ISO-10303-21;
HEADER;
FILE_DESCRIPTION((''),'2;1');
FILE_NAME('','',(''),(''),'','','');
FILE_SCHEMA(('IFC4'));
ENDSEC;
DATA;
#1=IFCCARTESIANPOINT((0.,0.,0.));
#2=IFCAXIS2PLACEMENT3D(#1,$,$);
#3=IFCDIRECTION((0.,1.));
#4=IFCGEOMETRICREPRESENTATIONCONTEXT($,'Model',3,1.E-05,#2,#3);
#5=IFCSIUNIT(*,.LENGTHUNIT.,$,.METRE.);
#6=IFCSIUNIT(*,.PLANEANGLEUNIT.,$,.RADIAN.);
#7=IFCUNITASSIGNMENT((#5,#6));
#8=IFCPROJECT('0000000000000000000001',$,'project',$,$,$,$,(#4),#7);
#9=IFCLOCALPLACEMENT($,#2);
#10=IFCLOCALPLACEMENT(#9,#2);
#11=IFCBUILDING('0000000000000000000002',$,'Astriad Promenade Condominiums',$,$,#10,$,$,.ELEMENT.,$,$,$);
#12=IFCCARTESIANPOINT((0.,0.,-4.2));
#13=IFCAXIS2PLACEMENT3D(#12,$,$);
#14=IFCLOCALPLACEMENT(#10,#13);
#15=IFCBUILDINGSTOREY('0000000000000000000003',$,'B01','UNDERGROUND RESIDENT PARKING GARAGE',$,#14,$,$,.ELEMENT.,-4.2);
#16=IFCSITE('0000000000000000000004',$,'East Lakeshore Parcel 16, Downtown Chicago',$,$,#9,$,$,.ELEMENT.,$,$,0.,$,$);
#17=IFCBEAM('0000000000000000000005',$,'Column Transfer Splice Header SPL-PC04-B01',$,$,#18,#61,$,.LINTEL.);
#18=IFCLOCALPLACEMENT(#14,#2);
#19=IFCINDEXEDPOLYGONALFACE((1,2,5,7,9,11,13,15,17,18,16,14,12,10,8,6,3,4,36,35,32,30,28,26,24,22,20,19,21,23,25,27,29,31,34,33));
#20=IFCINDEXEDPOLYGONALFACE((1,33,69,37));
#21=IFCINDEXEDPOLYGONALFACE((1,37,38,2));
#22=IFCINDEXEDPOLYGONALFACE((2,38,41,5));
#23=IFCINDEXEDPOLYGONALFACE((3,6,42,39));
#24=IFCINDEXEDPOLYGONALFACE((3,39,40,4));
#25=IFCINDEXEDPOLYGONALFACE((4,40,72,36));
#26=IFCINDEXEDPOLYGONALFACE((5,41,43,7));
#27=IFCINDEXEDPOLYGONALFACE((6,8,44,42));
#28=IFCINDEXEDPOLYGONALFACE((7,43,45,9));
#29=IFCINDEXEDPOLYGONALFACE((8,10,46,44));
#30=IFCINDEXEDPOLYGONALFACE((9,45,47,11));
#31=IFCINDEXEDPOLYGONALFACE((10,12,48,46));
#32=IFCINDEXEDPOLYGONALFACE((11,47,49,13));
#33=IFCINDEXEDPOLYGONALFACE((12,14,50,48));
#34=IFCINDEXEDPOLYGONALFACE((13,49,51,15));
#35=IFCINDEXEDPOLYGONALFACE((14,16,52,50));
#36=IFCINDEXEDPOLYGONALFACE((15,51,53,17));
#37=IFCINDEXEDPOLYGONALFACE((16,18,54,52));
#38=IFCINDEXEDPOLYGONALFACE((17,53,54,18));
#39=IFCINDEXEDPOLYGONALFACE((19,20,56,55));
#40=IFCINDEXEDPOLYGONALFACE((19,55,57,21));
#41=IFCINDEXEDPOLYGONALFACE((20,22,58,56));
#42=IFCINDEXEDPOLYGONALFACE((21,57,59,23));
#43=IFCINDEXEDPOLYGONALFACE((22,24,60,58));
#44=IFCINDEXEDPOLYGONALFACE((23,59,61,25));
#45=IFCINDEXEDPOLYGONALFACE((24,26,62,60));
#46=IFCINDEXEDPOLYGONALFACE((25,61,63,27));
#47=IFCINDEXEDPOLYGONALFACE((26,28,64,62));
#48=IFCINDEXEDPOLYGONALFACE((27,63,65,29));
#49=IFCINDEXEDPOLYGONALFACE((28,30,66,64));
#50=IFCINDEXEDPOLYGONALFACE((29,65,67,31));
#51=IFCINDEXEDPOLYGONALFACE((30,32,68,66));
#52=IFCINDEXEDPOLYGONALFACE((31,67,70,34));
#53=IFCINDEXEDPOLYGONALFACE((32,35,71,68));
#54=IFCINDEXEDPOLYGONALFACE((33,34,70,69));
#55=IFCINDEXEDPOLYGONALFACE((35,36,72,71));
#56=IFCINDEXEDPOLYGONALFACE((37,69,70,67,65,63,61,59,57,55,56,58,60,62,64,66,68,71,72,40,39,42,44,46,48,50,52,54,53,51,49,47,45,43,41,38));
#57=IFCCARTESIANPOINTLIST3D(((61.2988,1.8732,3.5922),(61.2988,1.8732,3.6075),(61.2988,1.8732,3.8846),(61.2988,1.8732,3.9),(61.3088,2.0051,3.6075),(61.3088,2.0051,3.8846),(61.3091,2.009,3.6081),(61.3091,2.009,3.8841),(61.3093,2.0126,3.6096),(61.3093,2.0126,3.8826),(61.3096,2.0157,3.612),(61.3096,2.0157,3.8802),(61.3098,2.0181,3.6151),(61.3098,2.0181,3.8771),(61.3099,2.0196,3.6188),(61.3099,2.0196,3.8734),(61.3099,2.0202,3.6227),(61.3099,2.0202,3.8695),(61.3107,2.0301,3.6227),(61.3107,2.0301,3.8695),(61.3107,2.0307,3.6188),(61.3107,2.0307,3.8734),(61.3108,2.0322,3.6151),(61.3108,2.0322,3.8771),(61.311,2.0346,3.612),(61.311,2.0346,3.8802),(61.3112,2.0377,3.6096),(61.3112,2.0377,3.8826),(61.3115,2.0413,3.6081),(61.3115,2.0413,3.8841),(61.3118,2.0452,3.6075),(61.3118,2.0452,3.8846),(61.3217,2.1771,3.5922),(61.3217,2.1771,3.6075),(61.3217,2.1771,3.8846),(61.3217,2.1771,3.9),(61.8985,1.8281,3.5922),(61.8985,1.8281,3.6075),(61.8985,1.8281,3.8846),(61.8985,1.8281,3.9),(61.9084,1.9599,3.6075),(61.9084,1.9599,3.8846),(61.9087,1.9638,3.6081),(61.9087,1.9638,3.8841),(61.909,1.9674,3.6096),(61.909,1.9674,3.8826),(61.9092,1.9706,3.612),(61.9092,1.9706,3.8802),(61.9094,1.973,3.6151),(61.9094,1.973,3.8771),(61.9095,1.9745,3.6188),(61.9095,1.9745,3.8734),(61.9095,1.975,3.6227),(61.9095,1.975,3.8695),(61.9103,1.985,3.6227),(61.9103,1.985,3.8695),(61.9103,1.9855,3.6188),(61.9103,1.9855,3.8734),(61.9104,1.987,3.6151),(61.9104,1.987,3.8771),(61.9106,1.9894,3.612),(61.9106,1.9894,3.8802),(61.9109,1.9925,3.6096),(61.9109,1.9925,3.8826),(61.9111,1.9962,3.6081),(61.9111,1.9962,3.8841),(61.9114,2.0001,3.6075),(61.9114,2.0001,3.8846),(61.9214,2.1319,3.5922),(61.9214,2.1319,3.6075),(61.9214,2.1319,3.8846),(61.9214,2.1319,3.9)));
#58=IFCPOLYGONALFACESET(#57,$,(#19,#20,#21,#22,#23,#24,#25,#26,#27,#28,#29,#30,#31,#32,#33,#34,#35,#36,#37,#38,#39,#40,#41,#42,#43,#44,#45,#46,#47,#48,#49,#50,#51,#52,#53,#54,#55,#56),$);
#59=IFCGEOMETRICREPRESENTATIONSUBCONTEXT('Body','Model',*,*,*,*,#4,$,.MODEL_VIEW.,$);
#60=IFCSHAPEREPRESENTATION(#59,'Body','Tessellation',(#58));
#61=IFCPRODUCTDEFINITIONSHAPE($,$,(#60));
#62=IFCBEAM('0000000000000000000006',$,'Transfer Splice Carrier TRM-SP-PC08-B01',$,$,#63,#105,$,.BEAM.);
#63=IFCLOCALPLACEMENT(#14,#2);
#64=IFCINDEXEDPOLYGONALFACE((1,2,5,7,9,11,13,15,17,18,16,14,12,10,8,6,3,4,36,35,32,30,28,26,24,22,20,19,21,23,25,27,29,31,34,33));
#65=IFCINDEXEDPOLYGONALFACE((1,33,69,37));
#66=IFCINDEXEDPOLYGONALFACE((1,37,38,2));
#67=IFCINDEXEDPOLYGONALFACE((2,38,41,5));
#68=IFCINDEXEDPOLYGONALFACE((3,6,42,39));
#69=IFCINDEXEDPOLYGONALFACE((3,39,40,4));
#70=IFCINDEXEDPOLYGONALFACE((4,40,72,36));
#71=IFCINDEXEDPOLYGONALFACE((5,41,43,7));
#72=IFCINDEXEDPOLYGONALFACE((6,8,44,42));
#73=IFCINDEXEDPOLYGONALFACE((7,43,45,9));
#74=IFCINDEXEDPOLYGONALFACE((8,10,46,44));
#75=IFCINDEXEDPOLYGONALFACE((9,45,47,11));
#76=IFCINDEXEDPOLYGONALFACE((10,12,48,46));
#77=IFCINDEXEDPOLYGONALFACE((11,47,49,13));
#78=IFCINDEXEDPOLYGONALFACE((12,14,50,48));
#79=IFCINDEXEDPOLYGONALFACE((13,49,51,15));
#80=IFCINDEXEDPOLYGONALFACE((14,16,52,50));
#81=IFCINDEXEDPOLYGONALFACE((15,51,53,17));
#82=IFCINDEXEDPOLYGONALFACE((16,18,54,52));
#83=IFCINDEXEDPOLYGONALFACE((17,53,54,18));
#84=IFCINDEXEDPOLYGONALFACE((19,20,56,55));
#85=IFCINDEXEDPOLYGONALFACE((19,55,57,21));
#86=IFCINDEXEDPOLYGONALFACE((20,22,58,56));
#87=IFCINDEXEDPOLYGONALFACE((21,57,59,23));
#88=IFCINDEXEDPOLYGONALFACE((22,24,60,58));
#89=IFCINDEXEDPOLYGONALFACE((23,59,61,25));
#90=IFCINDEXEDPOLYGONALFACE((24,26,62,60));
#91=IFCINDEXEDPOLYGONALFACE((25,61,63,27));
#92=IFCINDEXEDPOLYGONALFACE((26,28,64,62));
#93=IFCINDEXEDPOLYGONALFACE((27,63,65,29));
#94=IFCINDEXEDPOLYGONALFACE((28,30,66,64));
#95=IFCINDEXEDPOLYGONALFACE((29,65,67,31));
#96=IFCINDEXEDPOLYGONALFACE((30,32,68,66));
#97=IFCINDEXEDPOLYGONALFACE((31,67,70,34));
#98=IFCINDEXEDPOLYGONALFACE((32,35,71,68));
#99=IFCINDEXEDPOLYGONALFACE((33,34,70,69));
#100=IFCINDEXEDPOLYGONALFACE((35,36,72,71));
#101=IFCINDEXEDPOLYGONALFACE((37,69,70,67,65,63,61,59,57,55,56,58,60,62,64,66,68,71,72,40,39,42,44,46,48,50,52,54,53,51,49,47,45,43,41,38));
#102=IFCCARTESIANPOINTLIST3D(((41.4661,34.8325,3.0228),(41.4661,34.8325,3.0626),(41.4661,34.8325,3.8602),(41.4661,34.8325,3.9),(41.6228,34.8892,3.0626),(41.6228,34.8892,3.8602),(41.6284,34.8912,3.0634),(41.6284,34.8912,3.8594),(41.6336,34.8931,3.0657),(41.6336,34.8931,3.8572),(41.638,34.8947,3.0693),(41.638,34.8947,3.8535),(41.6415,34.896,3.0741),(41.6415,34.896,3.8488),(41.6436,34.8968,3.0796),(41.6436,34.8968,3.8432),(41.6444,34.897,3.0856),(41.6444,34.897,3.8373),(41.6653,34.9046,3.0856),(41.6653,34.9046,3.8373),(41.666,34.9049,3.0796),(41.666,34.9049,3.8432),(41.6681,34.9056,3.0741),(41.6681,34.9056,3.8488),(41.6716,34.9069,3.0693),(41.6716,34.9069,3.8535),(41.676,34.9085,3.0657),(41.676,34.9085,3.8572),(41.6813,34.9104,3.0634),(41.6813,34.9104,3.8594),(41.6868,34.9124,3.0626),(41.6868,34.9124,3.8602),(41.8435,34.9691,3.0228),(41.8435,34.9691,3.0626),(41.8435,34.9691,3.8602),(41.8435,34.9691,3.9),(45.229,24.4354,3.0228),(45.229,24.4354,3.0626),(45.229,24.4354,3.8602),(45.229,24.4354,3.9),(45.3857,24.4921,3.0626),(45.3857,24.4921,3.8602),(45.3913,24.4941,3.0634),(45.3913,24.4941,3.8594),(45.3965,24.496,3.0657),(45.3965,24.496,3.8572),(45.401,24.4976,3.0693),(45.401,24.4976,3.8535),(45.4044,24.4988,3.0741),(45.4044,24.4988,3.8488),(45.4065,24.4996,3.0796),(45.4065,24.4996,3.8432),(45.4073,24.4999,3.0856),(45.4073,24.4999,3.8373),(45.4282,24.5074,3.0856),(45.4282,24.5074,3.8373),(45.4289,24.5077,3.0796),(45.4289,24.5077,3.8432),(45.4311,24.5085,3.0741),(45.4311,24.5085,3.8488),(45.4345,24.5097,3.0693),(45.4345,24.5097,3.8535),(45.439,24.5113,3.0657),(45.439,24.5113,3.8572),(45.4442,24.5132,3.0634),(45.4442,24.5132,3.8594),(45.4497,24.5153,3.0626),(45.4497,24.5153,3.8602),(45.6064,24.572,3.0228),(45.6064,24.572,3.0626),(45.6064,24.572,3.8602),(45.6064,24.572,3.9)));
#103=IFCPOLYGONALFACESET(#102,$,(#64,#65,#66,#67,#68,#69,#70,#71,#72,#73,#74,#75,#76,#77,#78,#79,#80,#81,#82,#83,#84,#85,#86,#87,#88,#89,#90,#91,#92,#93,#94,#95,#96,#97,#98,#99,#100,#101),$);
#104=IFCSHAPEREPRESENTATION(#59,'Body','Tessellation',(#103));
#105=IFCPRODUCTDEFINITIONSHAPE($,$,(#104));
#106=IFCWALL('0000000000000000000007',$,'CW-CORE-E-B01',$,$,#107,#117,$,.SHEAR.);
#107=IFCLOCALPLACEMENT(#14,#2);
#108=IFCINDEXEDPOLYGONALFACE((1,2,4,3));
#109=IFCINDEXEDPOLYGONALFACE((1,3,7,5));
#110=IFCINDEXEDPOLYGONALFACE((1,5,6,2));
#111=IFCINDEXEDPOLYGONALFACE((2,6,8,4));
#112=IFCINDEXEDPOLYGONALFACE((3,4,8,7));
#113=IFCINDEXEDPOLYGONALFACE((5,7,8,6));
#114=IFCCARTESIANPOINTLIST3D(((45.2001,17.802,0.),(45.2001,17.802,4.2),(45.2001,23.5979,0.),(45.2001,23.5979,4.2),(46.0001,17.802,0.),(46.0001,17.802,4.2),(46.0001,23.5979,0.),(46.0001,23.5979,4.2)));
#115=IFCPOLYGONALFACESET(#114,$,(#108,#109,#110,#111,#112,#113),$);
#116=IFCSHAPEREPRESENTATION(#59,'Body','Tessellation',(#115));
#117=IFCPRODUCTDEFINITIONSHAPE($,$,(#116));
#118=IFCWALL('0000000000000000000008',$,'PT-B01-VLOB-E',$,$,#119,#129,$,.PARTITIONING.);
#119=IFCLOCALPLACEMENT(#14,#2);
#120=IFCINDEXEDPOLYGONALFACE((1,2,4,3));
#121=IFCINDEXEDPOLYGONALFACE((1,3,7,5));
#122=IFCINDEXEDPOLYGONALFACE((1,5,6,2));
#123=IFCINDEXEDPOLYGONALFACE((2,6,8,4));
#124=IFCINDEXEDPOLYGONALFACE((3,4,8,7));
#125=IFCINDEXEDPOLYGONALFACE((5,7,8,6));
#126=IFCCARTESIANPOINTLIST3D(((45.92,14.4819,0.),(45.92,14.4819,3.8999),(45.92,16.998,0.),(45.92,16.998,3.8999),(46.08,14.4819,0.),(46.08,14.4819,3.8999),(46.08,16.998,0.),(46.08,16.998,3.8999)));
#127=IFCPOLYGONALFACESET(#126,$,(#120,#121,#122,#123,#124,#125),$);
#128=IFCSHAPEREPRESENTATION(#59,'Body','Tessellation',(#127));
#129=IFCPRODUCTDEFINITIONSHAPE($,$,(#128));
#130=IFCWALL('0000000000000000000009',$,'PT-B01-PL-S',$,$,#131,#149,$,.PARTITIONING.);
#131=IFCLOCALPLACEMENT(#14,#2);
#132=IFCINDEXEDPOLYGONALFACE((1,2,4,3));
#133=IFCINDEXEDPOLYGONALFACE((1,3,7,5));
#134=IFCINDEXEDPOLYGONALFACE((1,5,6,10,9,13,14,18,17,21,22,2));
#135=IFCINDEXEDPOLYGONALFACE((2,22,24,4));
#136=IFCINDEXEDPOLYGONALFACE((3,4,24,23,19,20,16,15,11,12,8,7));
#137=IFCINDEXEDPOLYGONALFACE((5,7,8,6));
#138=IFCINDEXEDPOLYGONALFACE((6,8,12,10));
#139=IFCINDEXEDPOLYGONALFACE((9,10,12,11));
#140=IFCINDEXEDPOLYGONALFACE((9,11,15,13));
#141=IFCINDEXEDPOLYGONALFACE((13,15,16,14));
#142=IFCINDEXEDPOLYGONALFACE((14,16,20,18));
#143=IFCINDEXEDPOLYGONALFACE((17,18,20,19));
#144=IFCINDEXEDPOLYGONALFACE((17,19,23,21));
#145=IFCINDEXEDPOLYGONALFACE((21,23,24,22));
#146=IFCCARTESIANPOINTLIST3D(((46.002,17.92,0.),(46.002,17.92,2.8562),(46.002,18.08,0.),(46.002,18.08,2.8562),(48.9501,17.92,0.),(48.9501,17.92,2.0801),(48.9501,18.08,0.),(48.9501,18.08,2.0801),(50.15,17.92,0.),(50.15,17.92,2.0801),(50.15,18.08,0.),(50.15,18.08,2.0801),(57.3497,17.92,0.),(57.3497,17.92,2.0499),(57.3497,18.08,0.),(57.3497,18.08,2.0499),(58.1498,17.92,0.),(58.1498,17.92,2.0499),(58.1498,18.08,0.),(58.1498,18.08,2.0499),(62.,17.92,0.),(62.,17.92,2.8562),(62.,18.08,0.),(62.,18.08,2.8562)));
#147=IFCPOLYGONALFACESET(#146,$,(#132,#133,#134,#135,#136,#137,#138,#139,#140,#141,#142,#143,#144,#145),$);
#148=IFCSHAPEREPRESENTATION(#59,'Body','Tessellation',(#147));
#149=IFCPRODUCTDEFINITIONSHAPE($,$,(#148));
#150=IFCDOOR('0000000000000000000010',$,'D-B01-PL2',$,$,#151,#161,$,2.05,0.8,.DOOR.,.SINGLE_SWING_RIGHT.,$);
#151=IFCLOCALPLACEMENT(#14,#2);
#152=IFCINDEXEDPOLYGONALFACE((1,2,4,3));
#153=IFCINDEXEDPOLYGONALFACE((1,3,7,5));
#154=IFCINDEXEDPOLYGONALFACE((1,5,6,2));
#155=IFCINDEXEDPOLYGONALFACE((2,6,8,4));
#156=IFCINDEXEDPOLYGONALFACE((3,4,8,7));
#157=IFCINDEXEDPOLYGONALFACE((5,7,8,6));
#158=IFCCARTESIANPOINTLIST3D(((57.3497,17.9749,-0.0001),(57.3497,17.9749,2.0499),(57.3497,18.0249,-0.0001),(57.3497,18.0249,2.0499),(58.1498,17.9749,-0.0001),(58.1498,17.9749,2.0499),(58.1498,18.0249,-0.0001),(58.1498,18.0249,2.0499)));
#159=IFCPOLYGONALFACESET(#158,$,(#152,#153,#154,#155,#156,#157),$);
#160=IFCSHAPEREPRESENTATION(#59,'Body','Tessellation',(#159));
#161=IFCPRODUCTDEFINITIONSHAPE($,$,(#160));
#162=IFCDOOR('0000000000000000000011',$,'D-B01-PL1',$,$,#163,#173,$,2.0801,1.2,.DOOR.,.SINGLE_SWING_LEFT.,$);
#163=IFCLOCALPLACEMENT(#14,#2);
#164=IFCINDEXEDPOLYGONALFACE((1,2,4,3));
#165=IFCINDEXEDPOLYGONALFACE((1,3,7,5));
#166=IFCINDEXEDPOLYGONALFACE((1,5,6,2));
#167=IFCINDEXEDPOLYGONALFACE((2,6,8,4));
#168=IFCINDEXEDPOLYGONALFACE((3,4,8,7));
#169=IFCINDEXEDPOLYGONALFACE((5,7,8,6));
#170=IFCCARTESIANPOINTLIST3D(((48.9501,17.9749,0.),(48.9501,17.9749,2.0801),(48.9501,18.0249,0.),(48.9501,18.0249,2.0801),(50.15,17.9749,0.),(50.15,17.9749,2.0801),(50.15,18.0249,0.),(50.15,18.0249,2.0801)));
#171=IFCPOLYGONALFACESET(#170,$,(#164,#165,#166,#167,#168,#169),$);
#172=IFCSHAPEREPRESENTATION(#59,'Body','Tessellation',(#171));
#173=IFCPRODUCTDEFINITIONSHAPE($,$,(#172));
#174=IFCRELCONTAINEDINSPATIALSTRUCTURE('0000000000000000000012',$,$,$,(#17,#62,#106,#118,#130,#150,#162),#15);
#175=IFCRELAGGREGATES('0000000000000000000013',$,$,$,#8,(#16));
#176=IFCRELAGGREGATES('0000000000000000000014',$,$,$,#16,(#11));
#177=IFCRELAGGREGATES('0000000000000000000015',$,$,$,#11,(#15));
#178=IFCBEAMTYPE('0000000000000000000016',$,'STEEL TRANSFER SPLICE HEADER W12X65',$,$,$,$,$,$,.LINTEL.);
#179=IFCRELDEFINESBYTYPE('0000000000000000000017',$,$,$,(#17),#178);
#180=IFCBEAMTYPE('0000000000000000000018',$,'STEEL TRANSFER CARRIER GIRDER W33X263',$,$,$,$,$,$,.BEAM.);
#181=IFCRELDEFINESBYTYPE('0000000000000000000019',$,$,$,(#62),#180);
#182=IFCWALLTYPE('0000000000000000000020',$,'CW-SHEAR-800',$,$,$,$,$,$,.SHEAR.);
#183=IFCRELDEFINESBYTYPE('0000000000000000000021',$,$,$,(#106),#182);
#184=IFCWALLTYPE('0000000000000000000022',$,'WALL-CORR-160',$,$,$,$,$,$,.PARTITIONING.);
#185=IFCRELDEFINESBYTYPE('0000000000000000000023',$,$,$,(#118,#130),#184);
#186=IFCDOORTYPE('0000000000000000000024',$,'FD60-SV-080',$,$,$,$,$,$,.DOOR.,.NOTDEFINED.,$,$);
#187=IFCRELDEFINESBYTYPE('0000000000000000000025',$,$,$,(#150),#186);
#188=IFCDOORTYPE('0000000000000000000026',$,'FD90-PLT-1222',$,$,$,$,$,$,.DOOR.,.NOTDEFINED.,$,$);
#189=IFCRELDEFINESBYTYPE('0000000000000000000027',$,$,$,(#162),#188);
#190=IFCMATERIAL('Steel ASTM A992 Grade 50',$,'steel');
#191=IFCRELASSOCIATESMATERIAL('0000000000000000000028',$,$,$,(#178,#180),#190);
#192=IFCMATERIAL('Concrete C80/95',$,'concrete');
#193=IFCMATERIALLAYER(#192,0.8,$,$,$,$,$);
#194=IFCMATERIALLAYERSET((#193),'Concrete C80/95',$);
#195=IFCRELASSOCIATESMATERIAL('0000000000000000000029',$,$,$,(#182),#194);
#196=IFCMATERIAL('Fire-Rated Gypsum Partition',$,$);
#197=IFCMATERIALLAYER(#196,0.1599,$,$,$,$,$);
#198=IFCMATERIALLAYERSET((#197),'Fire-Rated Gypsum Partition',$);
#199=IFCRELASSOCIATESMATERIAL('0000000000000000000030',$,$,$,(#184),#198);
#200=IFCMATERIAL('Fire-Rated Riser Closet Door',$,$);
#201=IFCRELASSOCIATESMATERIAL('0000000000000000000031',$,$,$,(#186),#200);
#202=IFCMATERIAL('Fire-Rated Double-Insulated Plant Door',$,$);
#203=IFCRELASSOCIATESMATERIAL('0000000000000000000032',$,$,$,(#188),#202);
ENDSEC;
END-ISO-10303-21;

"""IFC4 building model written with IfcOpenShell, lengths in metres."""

from ifc_helpers import new_model, si_unit, direction, frame, frame_2d, origin, origin_2d, place, context, subcontext, project, spatial, rectangle, i_section, extrude, source, transform, mapped, material, layer, layer_set, material_profile, profile_set, type_object, type_shapes, element, fill, save


model = new_model("IFC4")

# Units and contexts
model_context = context("Model", 3, precision=1e-05, world=origin(), true_north=direction((0.0, 1.0)))
body_context = subcontext(model_context, "Body", "Model", "MODEL_VIEW")
ifc_project = project(units=[si_unit("LENGTHUNIT", "METRE"), si_unit("PLANEANGLEUNIT", "RADIAN")], contexts=[model_context])

# Site, building, storey
site_placement = place(None, origin())
site = spatial("IfcSite", under=ifc_project, at=site_placement, Name="East Lakeshore Parcel 16, Downtown Chicago", CompositionType="ELEMENT", RefElevation=0.0)
building_placement = place(site_placement, origin())
building = spatial("IfcBuilding", under=site, at=building_placement, Name="Astriad Promenade Condominiums", CompositionType="ELEMENT")
storey_placement = place(building_placement, frame((0.0, 0.0, -4.2)))
storey = spatial("IfcBuildingStorey", under=building, at=storey_placement, Name="B01", Description="UNDERGROUND RESIDENT PARKING GARAGE", CompositionType="ELEMENT", Elevation=-4.2)

# Shared definitions
ifc_material_1 = material(Name="Steel ASTM A992 Grade 50", Category="steel")
ifc_material_2 = material(Name="Concrete C80/95", Category="concrete")

# Beams
ifc_material_profile_1 = material_profile(ifc_material_1, i_section(OverallWidth=0.3047, OverallDepth=0.3079, WebThickness=0.01, FlangeThickness=0.0154, FilletRadius=0.0151, at=origin_2d()), Name="W12X65")
ifc_profile_set_1 = profile_set([ifc_material_profile_1], Name="Steel ASTM A992 Grade 50")
beam_type_1 = type_object("IfcBeamType", Name="STEEL TRANSFER SPLICE HEADER W12X65", PredefinedType="LINTEL", material=ifc_profile_set_1)
shared_shape_1 = source(origin(), body_context, "Body", "SweptSolid", [
    extrude(i_section(OverallWidth=0.3047, OverallDepth=0.3079, WebThickness=0.01, FlangeThickness=0.0154, FilletRadius=0.0151, at=origin_2d()), origin(), (0.0, 0.0, 1.0), 0.6013),
])
beam_1_placement = place(storey_placement, frame((61.9099, 1.98, 3.7461), z_axis=(-0.997175, 0.075113, 0.0), x_axis=(-0.075113, -0.997175, 0.0)))
element("IfcBeam", 1, at=beam_1_placement, inside=storey, type_object=beam_type_1, Name="Column Transfer Splice Header SPL-PC04-B01", PredefinedType="LINTEL", context=body_context, shape_type="MappedRepresentation", body=[
    mapped(shared_shape_1, transform((0.0, 0.0, 0.0), scale=1.0)),
])
ifc_material_profile_2 = material_profile(ifc_material_1, i_section(OverallWidth=0.4014, OverallDepth=0.8772, WebThickness=0.0222, FlangeThickness=0.0398, FilletRadius=0.0229, at=origin_2d()), Name="W33X263")
ifc_profile_set_2 = profile_set([ifc_material_profile_2], Name="Steel ASTM A992 Grade 50")
beam_type_2 = type_object("IfcBeamType", Name="STEEL TRANSFER CARRIER GIRDER W33X263", PredefinedType="BEAM", material=ifc_profile_set_2)
shared_shape_2 = source(origin(), body_context, "Body", "SweptSolid", [
    extrude(i_section(OverallWidth=0.4014, OverallDepth=0.8772, WebThickness=0.0222, FlangeThickness=0.0398, FilletRadius=0.0229, at=origin_2d()), origin(), (0.0, 0.0, 1.0), 11.0571),
])
type_shapes(beam_type_2, [shared_shape_2])
beam_2_placement = place(storey_placement, frame((45.4177, 24.5037, 3.4614), z_axis=(-0.340316, 0.940311, 0.0), x_axis=(-0.940311, -0.340316, 0.0)))
element("IfcBeam", 2, at=beam_2_placement, inside=storey, type_object=beam_type_2, Name="Transfer Splice Carrier TRM-SP-PC08-B01", PredefinedType="BEAM", context=body_context, shape_type="MappedRepresentation", body=[
    mapped(shared_shape_2, transform((0.0, 0.0, 0.0), scale=1.0)),
])

# Walls
ifc_layer_1 = layer(ifc_material_2, 0.8)
ifc_layer_set_1 = layer_set([ifc_layer_1], Name="Concrete C80/95")
wall_type_1 = type_object("IfcWallType", Name="CW-SHEAR-800", PredefinedType="SHEAR", material=ifc_layer_set_1)
wall_1_placement = place(storey_placement, frame((45.6001, 17.802, 0.0), z_axis=(0.0, 0.0, 1.0), x_axis=(0.0, 1.0, 0.0)))
element("IfcWall", 3, at=wall_1_placement, inside=storey, type_object=wall_type_1, Name="CW-CORE-E-B01", PredefinedType="SHEAR", context=body_context, shape_type="SweptSolid", body=[
    extrude(rectangle(XDim=5.7959, YDim=0.8, at=frame_2d((2.8979, 0.0))), origin(), (0.0, 0.0, 1.0), 4.2),
])
ifc_material_3 = material(Name="Fire-Rated Gypsum Partition")
ifc_layer_2 = layer(ifc_material_3, 0.1599)
ifc_layer_set_2 = layer_set([ifc_layer_2], Name="Fire-Rated Gypsum Partition")
wall_type_2 = type_object("IfcWallType", Name="WALL-CORR-160", PredefinedType="PARTITIONING", material=ifc_layer_set_2)
wall_2_placement = place(storey_placement, frame((46.0, 14.4819, 0.0), z_axis=(0.0, 0.0, 1.0), x_axis=(0.0, 1.0, 0.0)))
element("IfcWall", 4, at=wall_2_placement, inside=storey, type_object=wall_type_2, Name="PT-B01-VLOB-E", PredefinedType="PARTITIONING", context=body_context, shape_type="SweptSolid", body=[
    extrude(rectangle(XDim=2.5161, YDim=0.1599, at=frame_2d((1.2581, 0.0))), origin(), (0.0, 0.0, 1.0), 3.8999),
])

# Wall, openings, doors
wall_3_placement = place(storey_placement, frame((46.002, 18.0, 0.0), z_axis=(0.0, 0.0, 1.0), x_axis=(1.0, 0.0, 0.0)))
wall_3 = element("IfcWall", 5, at=wall_3_placement, inside=storey, type_object=wall_type_2, Name="PT-B01-PL-S", PredefinedType="PARTITIONING", context=body_context, shape_type="SweptSolid", body=[
    extrude(rectangle(XDim=15.998, YDim=0.1599, at=frame_2d((7.999, 0.0))), origin(), (0.0, 0.0, 1.0), 2.8562),
])
opening_1_placement = place(wall_3_placement, frame((2.948, 0.0, 0.0)))
opening_1 = element("IfcOpeningElement", 6, at=opening_1_placement, cuts=wall_3, PredefinedType="OPENING", context=body_context, shape_type="SweptSolid", body=[
    extrude(rectangle(XDim=1.2, YDim=2.0801, at=frame_2d((0.6001, 1.04))), frame((0.0, 0.0898, 0.0), z_axis=(0.0, -1.0, 0.0), x_axis=(1.0, 0.0, 0.0)), (0.0, 0.0, 1.0), 0.1799),
])
opening_2_placement = place(wall_3_placement, frame((11.3479, 0.0, 0.0)))
opening_2 = element("IfcOpeningElement", 7, at=opening_2_placement, cuts=wall_3, PredefinedType="OPENING", context=body_context, shape_type="SweptSolid", body=[
    extrude(rectangle(XDim=0.8, YDim=2.05, at=frame_2d((0.3999, 1.0249))), frame((0.0, 0.0898, 0.0), z_axis=(0.0, -1.0, 0.0), x_axis=(1.0, 0.0, 0.0)), (0.0, 0.0, 1.0), 0.1799),
])
ifc_material_4 = material(Name="Fire-Rated Riser Closet Door")
door_type_1 = type_object("IfcDoorType", Name="FD60-SV-080", OperationType="NOTDEFINED", PredefinedType="DOOR", material=ifc_material_4)
shared_shape_3 = source(origin(), body_context, "Body", "SweptSolid", [
    extrude(rectangle(XDim=0.8, YDim=2.05, at=frame_2d((0.3999, 1.0249))), frame((0.0, 0.0249, 0.0), z_axis=(0.0, -1.0, 0.0), x_axis=(1.0, 0.0, 0.0)), (0.0, 0.0, 1.0), 0.05),
])
type_shapes(door_type_1, [shared_shape_3])
door_1_placement = place(opening_2_placement, origin())
door_1 = element("IfcDoor", 8, at=door_1_placement, inside=storey, type_object=door_type_1, Name="D-B01-PL2", OperationType="SINGLE_SWING_RIGHT", OverallHeight=2.05, OverallWidth=0.8, PredefinedType="DOOR", context=body_context, shape_type="MappedRepresentation", body=[
    mapped(shared_shape_3, transform((0.0, 0.0, 0.0), scale=1.0)),
])
fill(opening_2, door_1)
ifc_material_5 = material(Name="Fire-Rated Double-Insulated Plant Door")
door_type_2 = type_object("IfcDoorType", Name="FD90-PLT-1222", OperationType="NOTDEFINED", PredefinedType="DOOR", material=ifc_material_5)
shared_shape_4 = source(origin(), body_context, "Body", "SweptSolid", [
    extrude(rectangle(XDim=1.2, YDim=2.0801, at=frame_2d((0.6001, 1.04))), frame((0.0, 0.0249, 0.0), z_axis=(0.0, -1.0, 0.0), x_axis=(1.0, 0.0, 0.0)), (0.0, 0.0, 1.0), 0.05),
])
type_shapes(door_type_2, [shared_shape_4])
door_2_placement = place(opening_1_placement, origin())
door_2 = element("IfcDoor", 9, at=door_2_placement, inside=storey, type_object=door_type_2, Name="D-B01-PL1", OperationType="SINGLE_SWING_LEFT", OverallHeight=2.0801, OverallWidth=1.2, PredefinedType="DOOR", context=body_context, shape_type="MappedRepresentation", body=[
    mapped(shared_shape_4, transform((0.0, 0.0, 0.0), scale=1.0)),
])
fill(opening_1, door_2)

save(model, "model.ifc")
